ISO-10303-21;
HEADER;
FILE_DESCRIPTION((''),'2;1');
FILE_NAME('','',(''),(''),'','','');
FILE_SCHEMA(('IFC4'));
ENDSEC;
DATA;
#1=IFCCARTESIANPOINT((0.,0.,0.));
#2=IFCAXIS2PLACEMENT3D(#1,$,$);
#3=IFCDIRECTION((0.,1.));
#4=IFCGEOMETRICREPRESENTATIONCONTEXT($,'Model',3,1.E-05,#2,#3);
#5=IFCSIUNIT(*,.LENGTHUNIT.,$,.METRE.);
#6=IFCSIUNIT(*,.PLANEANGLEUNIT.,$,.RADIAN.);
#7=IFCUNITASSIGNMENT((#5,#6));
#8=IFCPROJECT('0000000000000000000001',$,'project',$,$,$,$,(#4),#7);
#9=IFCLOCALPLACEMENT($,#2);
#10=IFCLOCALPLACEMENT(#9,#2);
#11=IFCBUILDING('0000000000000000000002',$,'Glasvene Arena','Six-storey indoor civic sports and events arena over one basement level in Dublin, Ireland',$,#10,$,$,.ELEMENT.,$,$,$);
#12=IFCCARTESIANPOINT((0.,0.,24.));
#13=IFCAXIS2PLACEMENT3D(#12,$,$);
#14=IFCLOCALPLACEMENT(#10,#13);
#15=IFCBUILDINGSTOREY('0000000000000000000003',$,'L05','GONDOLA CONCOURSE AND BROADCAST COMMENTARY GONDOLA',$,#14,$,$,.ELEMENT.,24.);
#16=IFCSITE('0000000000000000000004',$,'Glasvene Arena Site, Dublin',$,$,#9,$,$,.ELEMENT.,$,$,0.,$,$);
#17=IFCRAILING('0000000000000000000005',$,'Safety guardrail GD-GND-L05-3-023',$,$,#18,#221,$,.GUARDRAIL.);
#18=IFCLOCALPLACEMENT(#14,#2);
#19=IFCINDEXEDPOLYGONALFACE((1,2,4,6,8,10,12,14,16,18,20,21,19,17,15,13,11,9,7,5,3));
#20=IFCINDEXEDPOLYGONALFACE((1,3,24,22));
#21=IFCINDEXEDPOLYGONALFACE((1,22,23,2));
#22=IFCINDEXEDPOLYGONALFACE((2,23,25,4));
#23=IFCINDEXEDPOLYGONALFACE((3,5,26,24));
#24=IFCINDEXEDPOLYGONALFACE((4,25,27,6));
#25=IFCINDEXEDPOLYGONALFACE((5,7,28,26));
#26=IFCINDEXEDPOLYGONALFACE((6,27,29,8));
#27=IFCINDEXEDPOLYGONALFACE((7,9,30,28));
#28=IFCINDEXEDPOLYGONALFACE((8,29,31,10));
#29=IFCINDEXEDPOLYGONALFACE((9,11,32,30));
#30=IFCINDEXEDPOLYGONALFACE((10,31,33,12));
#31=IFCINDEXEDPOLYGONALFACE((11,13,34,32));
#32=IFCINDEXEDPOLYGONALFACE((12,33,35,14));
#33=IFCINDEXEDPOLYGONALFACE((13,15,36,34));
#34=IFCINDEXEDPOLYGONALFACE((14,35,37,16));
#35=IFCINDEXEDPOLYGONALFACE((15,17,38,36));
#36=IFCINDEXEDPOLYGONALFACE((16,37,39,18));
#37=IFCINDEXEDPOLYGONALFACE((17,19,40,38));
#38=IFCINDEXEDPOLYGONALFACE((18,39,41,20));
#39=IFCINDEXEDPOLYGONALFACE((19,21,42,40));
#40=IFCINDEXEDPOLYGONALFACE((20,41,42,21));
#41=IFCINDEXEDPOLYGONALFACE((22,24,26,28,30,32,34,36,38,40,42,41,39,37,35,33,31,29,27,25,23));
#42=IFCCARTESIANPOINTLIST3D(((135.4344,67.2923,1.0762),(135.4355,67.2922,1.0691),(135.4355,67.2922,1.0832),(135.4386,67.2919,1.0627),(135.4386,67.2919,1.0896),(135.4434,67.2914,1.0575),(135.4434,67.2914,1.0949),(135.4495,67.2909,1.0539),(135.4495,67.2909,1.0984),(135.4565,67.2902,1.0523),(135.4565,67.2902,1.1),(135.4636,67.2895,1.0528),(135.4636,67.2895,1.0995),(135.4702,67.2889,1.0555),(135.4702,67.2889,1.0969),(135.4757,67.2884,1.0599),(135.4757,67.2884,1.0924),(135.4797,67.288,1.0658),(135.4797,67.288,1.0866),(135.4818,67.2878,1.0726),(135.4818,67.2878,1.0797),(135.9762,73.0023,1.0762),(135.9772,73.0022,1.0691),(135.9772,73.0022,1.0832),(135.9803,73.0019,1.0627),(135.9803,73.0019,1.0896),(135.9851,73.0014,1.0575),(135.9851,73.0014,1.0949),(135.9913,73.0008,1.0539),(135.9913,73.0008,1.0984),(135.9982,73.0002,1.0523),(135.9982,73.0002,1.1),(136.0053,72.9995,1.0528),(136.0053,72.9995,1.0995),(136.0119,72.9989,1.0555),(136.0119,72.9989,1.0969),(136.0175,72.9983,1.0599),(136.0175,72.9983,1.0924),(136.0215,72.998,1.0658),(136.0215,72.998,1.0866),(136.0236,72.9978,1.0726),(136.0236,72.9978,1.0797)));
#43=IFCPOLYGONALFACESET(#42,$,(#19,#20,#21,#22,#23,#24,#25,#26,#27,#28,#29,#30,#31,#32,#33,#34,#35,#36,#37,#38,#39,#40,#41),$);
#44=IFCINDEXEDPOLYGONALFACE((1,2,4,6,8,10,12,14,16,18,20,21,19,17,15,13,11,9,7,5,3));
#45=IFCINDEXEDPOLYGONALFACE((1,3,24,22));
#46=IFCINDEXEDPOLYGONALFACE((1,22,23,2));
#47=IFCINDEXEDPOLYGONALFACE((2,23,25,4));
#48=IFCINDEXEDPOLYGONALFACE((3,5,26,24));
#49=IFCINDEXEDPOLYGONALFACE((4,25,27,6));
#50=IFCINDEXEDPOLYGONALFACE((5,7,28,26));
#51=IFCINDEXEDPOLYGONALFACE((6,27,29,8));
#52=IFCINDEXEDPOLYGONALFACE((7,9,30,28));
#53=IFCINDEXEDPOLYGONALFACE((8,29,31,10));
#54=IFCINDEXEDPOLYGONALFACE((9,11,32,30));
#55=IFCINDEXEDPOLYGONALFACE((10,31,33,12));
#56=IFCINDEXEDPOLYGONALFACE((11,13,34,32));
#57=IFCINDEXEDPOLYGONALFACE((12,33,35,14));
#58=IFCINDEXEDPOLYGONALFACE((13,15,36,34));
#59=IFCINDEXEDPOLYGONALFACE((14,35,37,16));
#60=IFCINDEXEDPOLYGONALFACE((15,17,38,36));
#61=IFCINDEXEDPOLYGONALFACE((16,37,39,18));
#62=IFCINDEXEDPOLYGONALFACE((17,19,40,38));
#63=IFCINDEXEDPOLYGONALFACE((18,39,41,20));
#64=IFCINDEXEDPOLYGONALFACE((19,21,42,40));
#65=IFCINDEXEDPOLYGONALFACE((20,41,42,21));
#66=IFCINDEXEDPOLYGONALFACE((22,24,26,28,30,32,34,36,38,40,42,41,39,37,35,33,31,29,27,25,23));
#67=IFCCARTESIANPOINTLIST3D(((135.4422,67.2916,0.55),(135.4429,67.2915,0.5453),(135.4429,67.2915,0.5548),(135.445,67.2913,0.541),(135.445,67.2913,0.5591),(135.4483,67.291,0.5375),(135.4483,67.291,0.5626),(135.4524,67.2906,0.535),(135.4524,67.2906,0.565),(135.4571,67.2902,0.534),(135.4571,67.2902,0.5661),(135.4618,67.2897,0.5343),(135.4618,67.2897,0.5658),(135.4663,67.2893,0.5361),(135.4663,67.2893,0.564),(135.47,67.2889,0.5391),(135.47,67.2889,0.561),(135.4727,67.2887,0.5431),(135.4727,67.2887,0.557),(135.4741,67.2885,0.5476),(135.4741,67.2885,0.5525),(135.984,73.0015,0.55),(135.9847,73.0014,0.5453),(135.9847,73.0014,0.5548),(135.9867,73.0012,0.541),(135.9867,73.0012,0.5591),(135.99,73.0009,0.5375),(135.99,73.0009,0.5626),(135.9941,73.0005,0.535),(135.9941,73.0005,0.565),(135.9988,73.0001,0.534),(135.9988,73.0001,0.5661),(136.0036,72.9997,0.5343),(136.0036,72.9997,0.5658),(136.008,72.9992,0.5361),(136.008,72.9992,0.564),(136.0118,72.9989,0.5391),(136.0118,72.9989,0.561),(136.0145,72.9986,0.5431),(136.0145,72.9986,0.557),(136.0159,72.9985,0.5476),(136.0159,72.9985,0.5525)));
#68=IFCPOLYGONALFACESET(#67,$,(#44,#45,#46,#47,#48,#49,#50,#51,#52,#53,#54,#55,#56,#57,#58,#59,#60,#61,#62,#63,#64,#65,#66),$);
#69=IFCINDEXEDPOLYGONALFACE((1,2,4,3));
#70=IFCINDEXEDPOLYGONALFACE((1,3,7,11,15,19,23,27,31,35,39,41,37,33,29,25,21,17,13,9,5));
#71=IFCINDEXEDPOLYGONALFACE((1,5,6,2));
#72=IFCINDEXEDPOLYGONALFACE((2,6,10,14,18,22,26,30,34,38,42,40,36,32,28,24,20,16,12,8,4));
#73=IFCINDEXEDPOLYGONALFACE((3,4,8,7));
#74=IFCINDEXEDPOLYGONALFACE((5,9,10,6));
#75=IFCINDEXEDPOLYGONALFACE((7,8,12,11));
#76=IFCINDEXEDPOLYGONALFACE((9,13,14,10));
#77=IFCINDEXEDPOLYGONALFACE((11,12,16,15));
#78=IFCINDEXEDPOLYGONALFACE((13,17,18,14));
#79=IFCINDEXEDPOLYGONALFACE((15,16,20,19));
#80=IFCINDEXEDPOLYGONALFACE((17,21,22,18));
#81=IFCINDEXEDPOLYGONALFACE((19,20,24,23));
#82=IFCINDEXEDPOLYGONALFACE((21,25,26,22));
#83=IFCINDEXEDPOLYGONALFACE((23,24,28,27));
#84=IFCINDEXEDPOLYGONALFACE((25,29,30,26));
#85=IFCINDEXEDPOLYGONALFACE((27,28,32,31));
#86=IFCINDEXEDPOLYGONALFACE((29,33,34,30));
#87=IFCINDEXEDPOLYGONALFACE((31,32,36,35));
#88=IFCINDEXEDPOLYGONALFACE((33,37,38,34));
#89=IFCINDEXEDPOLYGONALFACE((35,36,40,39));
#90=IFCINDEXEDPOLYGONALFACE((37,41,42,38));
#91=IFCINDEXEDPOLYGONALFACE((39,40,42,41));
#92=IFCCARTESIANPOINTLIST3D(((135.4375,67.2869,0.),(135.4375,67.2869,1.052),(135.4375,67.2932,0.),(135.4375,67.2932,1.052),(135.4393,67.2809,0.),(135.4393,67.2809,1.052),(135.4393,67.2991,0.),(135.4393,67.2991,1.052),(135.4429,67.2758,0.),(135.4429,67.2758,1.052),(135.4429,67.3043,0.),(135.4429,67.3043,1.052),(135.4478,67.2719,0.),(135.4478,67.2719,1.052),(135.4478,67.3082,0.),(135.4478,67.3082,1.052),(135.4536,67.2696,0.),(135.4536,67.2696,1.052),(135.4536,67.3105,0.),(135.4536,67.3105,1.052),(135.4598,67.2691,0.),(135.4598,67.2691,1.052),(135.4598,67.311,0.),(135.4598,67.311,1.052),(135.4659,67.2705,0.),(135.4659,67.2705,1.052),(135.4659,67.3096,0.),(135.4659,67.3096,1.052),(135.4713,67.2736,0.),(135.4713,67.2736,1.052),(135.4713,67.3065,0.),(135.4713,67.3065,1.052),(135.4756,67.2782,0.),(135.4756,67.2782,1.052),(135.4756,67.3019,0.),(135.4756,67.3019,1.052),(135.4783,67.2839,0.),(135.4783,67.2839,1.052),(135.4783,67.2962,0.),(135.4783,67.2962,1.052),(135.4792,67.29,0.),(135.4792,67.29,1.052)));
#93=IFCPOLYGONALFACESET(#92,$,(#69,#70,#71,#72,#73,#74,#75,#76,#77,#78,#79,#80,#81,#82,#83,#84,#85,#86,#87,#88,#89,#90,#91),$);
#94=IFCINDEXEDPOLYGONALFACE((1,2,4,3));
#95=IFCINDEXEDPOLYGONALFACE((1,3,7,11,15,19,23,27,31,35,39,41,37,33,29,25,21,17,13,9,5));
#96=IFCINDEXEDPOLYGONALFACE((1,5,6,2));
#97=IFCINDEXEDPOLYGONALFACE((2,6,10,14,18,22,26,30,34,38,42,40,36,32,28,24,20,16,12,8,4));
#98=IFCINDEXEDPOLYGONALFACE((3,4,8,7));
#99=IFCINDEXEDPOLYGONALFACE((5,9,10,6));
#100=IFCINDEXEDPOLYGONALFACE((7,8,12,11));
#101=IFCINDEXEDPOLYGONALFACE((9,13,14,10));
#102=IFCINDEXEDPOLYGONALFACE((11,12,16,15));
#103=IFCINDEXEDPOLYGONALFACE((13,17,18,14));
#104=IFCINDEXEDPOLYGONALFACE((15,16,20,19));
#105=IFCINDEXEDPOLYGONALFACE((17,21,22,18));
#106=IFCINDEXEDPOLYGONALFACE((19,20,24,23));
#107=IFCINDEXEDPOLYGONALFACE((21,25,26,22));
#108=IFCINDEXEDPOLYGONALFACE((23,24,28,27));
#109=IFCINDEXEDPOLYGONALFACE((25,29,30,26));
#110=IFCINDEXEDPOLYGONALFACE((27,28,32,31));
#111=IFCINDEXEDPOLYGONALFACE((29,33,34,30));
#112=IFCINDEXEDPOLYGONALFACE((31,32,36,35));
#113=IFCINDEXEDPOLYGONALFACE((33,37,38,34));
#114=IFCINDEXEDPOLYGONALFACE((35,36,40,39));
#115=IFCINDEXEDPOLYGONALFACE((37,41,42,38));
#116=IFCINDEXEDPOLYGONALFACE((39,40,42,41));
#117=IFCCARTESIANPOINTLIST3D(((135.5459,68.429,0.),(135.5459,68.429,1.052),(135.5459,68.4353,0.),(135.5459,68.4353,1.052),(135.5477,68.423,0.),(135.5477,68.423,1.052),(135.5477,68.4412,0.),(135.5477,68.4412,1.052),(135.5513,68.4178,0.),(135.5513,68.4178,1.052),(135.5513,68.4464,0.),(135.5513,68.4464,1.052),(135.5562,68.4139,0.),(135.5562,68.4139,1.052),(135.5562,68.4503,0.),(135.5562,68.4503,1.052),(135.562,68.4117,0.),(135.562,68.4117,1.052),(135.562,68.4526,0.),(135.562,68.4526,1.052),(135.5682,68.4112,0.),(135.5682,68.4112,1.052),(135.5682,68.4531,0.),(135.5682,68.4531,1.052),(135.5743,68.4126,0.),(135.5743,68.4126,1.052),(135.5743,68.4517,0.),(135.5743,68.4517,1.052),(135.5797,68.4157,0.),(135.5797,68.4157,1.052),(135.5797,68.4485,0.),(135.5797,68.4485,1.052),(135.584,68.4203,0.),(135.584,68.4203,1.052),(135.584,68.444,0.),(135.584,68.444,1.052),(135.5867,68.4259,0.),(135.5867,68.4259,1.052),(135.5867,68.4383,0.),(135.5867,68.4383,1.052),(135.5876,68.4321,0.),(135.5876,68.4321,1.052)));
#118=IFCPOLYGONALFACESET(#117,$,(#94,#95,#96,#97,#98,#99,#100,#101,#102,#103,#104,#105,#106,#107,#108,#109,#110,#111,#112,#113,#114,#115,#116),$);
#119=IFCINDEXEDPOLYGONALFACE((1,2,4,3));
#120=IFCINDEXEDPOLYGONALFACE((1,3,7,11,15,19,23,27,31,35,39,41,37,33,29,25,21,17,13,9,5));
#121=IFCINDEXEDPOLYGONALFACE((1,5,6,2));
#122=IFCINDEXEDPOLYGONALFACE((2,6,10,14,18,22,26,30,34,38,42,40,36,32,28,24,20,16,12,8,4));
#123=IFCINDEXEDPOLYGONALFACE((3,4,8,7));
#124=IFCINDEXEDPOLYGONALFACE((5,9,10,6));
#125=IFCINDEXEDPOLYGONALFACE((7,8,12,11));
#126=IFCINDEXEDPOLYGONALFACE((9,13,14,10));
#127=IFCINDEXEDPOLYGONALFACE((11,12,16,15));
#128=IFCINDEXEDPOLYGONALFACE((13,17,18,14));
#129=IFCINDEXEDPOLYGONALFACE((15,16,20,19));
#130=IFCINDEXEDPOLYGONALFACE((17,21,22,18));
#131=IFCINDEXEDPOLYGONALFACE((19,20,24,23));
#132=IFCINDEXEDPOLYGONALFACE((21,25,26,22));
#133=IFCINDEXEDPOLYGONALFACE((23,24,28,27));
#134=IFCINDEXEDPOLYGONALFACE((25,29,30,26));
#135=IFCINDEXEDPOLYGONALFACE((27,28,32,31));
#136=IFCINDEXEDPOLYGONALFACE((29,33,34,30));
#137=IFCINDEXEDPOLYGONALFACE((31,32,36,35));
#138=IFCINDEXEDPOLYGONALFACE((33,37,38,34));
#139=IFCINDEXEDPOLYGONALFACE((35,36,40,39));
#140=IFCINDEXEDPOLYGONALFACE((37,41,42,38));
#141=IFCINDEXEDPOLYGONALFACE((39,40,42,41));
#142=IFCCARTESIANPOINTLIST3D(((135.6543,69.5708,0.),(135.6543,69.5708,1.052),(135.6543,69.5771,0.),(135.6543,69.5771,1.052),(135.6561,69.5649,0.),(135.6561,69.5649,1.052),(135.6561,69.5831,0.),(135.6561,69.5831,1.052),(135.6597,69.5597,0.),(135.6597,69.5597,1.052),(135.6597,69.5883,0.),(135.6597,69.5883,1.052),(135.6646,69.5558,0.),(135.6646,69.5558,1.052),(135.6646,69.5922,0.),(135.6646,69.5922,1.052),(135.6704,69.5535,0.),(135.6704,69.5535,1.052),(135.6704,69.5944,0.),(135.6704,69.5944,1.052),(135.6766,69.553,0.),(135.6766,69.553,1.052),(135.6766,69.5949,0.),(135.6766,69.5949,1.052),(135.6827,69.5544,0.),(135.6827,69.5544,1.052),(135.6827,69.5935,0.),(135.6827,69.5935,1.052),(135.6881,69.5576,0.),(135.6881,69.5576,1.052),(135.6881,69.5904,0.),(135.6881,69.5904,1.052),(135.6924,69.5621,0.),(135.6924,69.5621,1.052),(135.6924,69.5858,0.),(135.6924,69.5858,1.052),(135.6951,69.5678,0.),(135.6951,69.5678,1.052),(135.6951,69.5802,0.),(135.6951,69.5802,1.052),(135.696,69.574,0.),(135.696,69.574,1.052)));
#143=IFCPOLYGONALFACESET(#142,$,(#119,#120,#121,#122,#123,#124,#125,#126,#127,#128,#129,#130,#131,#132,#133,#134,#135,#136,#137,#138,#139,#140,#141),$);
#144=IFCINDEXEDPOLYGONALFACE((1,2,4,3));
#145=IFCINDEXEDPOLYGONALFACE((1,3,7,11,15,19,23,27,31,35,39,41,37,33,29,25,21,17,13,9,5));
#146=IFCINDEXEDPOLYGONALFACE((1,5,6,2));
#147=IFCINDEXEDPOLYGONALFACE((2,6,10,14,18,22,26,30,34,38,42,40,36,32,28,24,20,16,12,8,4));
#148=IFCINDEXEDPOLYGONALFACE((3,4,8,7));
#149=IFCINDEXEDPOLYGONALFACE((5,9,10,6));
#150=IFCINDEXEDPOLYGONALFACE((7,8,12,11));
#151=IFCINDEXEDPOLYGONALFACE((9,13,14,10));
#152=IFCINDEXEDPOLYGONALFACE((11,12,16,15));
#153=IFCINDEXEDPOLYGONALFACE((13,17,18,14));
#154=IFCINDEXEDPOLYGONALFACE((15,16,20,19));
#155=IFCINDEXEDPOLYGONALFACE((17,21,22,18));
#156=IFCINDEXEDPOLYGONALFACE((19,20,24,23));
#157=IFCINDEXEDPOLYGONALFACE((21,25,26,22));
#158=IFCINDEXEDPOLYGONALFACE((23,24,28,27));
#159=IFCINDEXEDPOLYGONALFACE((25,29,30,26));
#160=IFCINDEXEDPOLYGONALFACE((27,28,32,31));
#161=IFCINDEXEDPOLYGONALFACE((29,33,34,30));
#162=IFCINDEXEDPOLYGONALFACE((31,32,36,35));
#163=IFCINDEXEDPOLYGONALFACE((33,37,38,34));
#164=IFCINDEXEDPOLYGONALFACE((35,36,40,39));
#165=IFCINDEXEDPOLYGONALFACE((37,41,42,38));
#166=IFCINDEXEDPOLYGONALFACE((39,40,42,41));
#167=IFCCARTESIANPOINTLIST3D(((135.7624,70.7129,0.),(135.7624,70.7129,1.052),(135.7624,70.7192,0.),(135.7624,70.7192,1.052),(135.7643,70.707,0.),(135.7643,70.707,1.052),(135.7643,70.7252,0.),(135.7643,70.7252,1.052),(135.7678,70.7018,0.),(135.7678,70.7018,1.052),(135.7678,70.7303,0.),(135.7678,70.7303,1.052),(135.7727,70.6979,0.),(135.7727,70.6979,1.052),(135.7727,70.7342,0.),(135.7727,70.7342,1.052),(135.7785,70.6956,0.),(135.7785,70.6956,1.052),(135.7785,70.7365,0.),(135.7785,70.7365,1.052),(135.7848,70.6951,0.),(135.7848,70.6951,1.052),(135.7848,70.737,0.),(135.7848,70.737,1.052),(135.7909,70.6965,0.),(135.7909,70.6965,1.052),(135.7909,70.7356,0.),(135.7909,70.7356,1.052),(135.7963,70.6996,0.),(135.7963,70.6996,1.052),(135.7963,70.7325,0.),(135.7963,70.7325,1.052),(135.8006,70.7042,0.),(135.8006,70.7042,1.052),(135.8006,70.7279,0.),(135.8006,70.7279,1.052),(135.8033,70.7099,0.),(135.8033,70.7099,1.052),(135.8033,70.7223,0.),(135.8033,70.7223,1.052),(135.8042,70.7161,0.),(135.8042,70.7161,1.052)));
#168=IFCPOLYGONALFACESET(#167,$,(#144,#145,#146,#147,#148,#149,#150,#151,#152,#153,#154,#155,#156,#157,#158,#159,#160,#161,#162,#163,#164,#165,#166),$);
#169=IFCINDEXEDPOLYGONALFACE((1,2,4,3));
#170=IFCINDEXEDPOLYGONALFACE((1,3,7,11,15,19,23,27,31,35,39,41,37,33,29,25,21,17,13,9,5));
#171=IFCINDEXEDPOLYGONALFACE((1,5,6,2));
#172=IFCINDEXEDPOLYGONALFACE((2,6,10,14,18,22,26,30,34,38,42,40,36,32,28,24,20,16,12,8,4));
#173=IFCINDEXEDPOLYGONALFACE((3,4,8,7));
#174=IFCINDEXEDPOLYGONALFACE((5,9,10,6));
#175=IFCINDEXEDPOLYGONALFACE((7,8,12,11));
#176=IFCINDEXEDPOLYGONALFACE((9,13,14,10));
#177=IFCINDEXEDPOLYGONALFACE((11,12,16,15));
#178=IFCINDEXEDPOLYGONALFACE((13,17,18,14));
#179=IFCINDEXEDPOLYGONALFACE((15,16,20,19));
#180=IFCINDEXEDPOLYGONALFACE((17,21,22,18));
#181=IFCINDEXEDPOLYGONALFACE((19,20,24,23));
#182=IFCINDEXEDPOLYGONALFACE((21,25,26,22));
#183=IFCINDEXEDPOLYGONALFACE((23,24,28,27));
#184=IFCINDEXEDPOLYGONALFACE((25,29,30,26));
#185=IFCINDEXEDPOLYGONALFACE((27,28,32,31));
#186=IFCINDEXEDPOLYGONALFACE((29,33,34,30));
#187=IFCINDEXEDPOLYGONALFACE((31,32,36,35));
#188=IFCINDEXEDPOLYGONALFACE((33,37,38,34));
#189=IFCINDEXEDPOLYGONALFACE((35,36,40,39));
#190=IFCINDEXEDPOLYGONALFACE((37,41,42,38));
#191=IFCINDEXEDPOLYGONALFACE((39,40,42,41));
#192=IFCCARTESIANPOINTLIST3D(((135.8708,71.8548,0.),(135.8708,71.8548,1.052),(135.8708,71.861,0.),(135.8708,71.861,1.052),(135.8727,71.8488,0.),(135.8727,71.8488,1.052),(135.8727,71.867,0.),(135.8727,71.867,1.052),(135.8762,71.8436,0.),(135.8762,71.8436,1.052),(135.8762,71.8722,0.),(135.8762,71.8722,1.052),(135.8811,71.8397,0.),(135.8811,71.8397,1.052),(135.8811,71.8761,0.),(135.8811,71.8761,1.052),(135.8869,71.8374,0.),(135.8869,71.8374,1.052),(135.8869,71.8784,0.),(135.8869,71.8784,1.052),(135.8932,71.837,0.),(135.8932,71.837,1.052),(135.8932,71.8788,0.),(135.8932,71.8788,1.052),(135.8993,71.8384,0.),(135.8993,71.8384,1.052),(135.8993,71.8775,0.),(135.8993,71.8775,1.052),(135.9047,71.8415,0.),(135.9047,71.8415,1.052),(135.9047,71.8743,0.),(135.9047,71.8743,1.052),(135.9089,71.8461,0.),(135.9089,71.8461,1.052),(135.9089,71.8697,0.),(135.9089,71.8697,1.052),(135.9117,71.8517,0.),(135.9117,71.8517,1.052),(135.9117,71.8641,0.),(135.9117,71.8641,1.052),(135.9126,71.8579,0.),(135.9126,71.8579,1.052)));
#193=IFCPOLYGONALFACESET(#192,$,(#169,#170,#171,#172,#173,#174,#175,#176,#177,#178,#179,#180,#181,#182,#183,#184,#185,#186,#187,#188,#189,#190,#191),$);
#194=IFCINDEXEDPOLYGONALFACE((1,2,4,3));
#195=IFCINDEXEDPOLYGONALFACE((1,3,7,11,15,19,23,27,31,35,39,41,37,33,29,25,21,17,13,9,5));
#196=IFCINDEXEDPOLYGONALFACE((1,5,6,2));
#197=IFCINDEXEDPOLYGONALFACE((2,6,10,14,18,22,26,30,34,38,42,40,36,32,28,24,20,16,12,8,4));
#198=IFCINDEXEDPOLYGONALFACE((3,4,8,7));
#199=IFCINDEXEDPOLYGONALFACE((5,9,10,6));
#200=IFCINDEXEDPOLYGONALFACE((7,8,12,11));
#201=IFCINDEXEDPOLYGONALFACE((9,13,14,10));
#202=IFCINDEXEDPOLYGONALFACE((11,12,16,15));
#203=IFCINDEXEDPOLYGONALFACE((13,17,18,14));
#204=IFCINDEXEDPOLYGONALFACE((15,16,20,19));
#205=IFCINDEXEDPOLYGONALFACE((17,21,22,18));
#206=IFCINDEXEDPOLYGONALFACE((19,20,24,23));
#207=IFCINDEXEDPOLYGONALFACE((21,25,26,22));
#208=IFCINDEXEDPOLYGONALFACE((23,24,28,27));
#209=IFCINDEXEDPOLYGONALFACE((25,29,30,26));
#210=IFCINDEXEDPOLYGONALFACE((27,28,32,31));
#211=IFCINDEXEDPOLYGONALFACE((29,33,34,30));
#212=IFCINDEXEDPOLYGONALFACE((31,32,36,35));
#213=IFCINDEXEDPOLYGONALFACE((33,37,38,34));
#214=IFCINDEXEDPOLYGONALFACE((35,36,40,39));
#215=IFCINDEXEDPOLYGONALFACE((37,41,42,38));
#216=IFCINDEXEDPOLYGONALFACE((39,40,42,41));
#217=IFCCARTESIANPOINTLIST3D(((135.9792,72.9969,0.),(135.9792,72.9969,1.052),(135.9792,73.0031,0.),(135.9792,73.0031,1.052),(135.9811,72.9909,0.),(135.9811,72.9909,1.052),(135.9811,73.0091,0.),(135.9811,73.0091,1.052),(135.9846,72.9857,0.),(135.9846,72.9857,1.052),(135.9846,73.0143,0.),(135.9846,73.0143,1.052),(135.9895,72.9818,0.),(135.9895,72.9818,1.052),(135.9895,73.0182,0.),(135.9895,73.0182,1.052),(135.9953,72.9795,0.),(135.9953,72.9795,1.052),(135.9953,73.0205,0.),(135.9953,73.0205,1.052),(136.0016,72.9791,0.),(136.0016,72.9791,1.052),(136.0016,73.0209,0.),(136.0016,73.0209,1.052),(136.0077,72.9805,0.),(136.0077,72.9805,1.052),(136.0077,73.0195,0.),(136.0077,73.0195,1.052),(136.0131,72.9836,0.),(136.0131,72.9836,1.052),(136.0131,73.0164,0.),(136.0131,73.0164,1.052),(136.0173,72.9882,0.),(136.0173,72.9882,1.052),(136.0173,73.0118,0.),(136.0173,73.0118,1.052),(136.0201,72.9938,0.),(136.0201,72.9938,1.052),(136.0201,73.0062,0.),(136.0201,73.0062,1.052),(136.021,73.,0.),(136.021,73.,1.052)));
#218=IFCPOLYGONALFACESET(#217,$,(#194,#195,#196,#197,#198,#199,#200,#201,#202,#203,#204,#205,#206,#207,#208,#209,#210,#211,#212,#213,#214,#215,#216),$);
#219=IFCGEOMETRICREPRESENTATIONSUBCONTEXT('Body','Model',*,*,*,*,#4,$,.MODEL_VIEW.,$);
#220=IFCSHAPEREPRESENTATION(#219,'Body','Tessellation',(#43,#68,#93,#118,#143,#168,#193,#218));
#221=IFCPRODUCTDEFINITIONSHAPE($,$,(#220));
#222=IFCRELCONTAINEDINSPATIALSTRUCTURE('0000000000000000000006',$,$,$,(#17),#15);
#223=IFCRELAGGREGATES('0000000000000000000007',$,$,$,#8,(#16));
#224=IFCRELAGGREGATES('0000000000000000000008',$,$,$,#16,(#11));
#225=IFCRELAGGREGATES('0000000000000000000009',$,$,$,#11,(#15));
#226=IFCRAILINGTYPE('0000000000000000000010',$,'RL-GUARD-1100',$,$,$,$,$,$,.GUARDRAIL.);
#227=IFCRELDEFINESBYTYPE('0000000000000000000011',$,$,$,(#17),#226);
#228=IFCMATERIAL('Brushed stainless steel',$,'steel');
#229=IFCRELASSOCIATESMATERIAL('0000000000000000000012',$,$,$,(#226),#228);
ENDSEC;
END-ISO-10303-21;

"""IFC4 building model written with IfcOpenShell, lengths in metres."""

from ifc_helpers import new_model, si_unit, direction, frame, origin, origin_2d, place, context, subcontext, project, spatial, circle, extrude, material, type_object, element, save


model = new_model("IFC4")

# Units and contexts
model_context = context("Model", 3, precision=1e-05, world=origin(), true_north=direction((0.0, 1.0)))
body_context = subcontext(model_context, "Body", "Model", "MODEL_VIEW")
ifc_project = project(units=[si_unit("LENGTHUNIT", "METRE"), si_unit("PLANEANGLEUNIT", "RADIAN")], contexts=[model_context])

# Site, building, storey
site_placement = place(None, origin())
site = spatial("IfcSite", under=ifc_project, at=site_placement, Name="Glasvene Arena Site, Dublin", CompositionType="ELEMENT", RefElevation=0.0)
building_placement = place(site_placement, origin())
building = spatial("IfcBuilding", under=site, at=building_placement, Name="Glasvene Arena", Description="Six-storey indoor civic sports and events arena over one basement level in Dublin, Ireland", CompositionType="ELEMENT")
storey_placement = place(building_placement, frame((0.0, 0.0, 24.0)))
storey = spatial("IfcBuildingStorey", under=building, at=storey_placement, Name="L05", Description="GONDOLA CONCOURSE AND BROADCAST COMMENTARY GONDOLA", CompositionType="ELEMENT", Elevation=24.0)

# Railing
ifc_material_1 = material(Name="Brushed stainless steel", Category="steel")
railing_type_1 = type_object("IfcRailingType", Name="RL-GUARD-1100", PredefinedType="GUARDRAIL", material=ifc_material_1)
railing_1_placement = place(storey_placement, frame((135.4583, 67.29, 0.0)))
element("IfcRailing", 1, at=railing_1_placement, inside=storey, type_object=railing_type_1, Name="Safety guardrail GD-GND-L05-3-023", PredefinedType="GUARDRAIL", context=body_context, shape_type="SweptSolid", body=[
    extrude(circle(Radius=0.0239, at=origin_2d()), frame((0.0, 0.0, 1.0762), z_axis=(0.094454, 0.995529, 0.0), x_axis=(-0.995529, 0.094454, 0.0)), (0.0, 0.0, 1.0), 5.7356),
    extrude(circle(Radius=0.0161, at=origin_2d()), frame((0.0, 0.0, 0.55), z_axis=(0.094454, 0.995529, 0.0), x_axis=(-0.995529, 0.094454, 0.0)), (0.0, 0.0, 1.0), 5.7356),
    extrude(circle(Radius=0.021, at=origin_2d()), origin(), (0.0, 0.0, 1.0), 1.052),
    extrude(circle(Radius=0.021, at=origin_2d()), frame((0.1084, 1.1421, 0.0)), (0.0, 0.0, 1.0), 1.052),
    extrude(circle(Radius=0.021, at=origin_2d()), frame((0.2168, 2.2839, 0.0)), (0.0, 0.0, 1.0), 1.052),
    extrude(circle(Radius=0.021, at=origin_2d()), frame((0.325, 3.426, 0.0)), (0.0, 0.0, 1.0), 1.052),
    extrude(circle(Radius=0.021, at=origin_2d()), frame((0.4333, 4.5679, 0.0)), (0.0, 0.0, 1.0), 1.052),
    extrude(circle(Radius=0.021, at=origin_2d()), frame((0.5417, 5.71, 0.0)), (0.0, 0.0, 1.0), 1.052),
])

save(model, "model.ifc")
